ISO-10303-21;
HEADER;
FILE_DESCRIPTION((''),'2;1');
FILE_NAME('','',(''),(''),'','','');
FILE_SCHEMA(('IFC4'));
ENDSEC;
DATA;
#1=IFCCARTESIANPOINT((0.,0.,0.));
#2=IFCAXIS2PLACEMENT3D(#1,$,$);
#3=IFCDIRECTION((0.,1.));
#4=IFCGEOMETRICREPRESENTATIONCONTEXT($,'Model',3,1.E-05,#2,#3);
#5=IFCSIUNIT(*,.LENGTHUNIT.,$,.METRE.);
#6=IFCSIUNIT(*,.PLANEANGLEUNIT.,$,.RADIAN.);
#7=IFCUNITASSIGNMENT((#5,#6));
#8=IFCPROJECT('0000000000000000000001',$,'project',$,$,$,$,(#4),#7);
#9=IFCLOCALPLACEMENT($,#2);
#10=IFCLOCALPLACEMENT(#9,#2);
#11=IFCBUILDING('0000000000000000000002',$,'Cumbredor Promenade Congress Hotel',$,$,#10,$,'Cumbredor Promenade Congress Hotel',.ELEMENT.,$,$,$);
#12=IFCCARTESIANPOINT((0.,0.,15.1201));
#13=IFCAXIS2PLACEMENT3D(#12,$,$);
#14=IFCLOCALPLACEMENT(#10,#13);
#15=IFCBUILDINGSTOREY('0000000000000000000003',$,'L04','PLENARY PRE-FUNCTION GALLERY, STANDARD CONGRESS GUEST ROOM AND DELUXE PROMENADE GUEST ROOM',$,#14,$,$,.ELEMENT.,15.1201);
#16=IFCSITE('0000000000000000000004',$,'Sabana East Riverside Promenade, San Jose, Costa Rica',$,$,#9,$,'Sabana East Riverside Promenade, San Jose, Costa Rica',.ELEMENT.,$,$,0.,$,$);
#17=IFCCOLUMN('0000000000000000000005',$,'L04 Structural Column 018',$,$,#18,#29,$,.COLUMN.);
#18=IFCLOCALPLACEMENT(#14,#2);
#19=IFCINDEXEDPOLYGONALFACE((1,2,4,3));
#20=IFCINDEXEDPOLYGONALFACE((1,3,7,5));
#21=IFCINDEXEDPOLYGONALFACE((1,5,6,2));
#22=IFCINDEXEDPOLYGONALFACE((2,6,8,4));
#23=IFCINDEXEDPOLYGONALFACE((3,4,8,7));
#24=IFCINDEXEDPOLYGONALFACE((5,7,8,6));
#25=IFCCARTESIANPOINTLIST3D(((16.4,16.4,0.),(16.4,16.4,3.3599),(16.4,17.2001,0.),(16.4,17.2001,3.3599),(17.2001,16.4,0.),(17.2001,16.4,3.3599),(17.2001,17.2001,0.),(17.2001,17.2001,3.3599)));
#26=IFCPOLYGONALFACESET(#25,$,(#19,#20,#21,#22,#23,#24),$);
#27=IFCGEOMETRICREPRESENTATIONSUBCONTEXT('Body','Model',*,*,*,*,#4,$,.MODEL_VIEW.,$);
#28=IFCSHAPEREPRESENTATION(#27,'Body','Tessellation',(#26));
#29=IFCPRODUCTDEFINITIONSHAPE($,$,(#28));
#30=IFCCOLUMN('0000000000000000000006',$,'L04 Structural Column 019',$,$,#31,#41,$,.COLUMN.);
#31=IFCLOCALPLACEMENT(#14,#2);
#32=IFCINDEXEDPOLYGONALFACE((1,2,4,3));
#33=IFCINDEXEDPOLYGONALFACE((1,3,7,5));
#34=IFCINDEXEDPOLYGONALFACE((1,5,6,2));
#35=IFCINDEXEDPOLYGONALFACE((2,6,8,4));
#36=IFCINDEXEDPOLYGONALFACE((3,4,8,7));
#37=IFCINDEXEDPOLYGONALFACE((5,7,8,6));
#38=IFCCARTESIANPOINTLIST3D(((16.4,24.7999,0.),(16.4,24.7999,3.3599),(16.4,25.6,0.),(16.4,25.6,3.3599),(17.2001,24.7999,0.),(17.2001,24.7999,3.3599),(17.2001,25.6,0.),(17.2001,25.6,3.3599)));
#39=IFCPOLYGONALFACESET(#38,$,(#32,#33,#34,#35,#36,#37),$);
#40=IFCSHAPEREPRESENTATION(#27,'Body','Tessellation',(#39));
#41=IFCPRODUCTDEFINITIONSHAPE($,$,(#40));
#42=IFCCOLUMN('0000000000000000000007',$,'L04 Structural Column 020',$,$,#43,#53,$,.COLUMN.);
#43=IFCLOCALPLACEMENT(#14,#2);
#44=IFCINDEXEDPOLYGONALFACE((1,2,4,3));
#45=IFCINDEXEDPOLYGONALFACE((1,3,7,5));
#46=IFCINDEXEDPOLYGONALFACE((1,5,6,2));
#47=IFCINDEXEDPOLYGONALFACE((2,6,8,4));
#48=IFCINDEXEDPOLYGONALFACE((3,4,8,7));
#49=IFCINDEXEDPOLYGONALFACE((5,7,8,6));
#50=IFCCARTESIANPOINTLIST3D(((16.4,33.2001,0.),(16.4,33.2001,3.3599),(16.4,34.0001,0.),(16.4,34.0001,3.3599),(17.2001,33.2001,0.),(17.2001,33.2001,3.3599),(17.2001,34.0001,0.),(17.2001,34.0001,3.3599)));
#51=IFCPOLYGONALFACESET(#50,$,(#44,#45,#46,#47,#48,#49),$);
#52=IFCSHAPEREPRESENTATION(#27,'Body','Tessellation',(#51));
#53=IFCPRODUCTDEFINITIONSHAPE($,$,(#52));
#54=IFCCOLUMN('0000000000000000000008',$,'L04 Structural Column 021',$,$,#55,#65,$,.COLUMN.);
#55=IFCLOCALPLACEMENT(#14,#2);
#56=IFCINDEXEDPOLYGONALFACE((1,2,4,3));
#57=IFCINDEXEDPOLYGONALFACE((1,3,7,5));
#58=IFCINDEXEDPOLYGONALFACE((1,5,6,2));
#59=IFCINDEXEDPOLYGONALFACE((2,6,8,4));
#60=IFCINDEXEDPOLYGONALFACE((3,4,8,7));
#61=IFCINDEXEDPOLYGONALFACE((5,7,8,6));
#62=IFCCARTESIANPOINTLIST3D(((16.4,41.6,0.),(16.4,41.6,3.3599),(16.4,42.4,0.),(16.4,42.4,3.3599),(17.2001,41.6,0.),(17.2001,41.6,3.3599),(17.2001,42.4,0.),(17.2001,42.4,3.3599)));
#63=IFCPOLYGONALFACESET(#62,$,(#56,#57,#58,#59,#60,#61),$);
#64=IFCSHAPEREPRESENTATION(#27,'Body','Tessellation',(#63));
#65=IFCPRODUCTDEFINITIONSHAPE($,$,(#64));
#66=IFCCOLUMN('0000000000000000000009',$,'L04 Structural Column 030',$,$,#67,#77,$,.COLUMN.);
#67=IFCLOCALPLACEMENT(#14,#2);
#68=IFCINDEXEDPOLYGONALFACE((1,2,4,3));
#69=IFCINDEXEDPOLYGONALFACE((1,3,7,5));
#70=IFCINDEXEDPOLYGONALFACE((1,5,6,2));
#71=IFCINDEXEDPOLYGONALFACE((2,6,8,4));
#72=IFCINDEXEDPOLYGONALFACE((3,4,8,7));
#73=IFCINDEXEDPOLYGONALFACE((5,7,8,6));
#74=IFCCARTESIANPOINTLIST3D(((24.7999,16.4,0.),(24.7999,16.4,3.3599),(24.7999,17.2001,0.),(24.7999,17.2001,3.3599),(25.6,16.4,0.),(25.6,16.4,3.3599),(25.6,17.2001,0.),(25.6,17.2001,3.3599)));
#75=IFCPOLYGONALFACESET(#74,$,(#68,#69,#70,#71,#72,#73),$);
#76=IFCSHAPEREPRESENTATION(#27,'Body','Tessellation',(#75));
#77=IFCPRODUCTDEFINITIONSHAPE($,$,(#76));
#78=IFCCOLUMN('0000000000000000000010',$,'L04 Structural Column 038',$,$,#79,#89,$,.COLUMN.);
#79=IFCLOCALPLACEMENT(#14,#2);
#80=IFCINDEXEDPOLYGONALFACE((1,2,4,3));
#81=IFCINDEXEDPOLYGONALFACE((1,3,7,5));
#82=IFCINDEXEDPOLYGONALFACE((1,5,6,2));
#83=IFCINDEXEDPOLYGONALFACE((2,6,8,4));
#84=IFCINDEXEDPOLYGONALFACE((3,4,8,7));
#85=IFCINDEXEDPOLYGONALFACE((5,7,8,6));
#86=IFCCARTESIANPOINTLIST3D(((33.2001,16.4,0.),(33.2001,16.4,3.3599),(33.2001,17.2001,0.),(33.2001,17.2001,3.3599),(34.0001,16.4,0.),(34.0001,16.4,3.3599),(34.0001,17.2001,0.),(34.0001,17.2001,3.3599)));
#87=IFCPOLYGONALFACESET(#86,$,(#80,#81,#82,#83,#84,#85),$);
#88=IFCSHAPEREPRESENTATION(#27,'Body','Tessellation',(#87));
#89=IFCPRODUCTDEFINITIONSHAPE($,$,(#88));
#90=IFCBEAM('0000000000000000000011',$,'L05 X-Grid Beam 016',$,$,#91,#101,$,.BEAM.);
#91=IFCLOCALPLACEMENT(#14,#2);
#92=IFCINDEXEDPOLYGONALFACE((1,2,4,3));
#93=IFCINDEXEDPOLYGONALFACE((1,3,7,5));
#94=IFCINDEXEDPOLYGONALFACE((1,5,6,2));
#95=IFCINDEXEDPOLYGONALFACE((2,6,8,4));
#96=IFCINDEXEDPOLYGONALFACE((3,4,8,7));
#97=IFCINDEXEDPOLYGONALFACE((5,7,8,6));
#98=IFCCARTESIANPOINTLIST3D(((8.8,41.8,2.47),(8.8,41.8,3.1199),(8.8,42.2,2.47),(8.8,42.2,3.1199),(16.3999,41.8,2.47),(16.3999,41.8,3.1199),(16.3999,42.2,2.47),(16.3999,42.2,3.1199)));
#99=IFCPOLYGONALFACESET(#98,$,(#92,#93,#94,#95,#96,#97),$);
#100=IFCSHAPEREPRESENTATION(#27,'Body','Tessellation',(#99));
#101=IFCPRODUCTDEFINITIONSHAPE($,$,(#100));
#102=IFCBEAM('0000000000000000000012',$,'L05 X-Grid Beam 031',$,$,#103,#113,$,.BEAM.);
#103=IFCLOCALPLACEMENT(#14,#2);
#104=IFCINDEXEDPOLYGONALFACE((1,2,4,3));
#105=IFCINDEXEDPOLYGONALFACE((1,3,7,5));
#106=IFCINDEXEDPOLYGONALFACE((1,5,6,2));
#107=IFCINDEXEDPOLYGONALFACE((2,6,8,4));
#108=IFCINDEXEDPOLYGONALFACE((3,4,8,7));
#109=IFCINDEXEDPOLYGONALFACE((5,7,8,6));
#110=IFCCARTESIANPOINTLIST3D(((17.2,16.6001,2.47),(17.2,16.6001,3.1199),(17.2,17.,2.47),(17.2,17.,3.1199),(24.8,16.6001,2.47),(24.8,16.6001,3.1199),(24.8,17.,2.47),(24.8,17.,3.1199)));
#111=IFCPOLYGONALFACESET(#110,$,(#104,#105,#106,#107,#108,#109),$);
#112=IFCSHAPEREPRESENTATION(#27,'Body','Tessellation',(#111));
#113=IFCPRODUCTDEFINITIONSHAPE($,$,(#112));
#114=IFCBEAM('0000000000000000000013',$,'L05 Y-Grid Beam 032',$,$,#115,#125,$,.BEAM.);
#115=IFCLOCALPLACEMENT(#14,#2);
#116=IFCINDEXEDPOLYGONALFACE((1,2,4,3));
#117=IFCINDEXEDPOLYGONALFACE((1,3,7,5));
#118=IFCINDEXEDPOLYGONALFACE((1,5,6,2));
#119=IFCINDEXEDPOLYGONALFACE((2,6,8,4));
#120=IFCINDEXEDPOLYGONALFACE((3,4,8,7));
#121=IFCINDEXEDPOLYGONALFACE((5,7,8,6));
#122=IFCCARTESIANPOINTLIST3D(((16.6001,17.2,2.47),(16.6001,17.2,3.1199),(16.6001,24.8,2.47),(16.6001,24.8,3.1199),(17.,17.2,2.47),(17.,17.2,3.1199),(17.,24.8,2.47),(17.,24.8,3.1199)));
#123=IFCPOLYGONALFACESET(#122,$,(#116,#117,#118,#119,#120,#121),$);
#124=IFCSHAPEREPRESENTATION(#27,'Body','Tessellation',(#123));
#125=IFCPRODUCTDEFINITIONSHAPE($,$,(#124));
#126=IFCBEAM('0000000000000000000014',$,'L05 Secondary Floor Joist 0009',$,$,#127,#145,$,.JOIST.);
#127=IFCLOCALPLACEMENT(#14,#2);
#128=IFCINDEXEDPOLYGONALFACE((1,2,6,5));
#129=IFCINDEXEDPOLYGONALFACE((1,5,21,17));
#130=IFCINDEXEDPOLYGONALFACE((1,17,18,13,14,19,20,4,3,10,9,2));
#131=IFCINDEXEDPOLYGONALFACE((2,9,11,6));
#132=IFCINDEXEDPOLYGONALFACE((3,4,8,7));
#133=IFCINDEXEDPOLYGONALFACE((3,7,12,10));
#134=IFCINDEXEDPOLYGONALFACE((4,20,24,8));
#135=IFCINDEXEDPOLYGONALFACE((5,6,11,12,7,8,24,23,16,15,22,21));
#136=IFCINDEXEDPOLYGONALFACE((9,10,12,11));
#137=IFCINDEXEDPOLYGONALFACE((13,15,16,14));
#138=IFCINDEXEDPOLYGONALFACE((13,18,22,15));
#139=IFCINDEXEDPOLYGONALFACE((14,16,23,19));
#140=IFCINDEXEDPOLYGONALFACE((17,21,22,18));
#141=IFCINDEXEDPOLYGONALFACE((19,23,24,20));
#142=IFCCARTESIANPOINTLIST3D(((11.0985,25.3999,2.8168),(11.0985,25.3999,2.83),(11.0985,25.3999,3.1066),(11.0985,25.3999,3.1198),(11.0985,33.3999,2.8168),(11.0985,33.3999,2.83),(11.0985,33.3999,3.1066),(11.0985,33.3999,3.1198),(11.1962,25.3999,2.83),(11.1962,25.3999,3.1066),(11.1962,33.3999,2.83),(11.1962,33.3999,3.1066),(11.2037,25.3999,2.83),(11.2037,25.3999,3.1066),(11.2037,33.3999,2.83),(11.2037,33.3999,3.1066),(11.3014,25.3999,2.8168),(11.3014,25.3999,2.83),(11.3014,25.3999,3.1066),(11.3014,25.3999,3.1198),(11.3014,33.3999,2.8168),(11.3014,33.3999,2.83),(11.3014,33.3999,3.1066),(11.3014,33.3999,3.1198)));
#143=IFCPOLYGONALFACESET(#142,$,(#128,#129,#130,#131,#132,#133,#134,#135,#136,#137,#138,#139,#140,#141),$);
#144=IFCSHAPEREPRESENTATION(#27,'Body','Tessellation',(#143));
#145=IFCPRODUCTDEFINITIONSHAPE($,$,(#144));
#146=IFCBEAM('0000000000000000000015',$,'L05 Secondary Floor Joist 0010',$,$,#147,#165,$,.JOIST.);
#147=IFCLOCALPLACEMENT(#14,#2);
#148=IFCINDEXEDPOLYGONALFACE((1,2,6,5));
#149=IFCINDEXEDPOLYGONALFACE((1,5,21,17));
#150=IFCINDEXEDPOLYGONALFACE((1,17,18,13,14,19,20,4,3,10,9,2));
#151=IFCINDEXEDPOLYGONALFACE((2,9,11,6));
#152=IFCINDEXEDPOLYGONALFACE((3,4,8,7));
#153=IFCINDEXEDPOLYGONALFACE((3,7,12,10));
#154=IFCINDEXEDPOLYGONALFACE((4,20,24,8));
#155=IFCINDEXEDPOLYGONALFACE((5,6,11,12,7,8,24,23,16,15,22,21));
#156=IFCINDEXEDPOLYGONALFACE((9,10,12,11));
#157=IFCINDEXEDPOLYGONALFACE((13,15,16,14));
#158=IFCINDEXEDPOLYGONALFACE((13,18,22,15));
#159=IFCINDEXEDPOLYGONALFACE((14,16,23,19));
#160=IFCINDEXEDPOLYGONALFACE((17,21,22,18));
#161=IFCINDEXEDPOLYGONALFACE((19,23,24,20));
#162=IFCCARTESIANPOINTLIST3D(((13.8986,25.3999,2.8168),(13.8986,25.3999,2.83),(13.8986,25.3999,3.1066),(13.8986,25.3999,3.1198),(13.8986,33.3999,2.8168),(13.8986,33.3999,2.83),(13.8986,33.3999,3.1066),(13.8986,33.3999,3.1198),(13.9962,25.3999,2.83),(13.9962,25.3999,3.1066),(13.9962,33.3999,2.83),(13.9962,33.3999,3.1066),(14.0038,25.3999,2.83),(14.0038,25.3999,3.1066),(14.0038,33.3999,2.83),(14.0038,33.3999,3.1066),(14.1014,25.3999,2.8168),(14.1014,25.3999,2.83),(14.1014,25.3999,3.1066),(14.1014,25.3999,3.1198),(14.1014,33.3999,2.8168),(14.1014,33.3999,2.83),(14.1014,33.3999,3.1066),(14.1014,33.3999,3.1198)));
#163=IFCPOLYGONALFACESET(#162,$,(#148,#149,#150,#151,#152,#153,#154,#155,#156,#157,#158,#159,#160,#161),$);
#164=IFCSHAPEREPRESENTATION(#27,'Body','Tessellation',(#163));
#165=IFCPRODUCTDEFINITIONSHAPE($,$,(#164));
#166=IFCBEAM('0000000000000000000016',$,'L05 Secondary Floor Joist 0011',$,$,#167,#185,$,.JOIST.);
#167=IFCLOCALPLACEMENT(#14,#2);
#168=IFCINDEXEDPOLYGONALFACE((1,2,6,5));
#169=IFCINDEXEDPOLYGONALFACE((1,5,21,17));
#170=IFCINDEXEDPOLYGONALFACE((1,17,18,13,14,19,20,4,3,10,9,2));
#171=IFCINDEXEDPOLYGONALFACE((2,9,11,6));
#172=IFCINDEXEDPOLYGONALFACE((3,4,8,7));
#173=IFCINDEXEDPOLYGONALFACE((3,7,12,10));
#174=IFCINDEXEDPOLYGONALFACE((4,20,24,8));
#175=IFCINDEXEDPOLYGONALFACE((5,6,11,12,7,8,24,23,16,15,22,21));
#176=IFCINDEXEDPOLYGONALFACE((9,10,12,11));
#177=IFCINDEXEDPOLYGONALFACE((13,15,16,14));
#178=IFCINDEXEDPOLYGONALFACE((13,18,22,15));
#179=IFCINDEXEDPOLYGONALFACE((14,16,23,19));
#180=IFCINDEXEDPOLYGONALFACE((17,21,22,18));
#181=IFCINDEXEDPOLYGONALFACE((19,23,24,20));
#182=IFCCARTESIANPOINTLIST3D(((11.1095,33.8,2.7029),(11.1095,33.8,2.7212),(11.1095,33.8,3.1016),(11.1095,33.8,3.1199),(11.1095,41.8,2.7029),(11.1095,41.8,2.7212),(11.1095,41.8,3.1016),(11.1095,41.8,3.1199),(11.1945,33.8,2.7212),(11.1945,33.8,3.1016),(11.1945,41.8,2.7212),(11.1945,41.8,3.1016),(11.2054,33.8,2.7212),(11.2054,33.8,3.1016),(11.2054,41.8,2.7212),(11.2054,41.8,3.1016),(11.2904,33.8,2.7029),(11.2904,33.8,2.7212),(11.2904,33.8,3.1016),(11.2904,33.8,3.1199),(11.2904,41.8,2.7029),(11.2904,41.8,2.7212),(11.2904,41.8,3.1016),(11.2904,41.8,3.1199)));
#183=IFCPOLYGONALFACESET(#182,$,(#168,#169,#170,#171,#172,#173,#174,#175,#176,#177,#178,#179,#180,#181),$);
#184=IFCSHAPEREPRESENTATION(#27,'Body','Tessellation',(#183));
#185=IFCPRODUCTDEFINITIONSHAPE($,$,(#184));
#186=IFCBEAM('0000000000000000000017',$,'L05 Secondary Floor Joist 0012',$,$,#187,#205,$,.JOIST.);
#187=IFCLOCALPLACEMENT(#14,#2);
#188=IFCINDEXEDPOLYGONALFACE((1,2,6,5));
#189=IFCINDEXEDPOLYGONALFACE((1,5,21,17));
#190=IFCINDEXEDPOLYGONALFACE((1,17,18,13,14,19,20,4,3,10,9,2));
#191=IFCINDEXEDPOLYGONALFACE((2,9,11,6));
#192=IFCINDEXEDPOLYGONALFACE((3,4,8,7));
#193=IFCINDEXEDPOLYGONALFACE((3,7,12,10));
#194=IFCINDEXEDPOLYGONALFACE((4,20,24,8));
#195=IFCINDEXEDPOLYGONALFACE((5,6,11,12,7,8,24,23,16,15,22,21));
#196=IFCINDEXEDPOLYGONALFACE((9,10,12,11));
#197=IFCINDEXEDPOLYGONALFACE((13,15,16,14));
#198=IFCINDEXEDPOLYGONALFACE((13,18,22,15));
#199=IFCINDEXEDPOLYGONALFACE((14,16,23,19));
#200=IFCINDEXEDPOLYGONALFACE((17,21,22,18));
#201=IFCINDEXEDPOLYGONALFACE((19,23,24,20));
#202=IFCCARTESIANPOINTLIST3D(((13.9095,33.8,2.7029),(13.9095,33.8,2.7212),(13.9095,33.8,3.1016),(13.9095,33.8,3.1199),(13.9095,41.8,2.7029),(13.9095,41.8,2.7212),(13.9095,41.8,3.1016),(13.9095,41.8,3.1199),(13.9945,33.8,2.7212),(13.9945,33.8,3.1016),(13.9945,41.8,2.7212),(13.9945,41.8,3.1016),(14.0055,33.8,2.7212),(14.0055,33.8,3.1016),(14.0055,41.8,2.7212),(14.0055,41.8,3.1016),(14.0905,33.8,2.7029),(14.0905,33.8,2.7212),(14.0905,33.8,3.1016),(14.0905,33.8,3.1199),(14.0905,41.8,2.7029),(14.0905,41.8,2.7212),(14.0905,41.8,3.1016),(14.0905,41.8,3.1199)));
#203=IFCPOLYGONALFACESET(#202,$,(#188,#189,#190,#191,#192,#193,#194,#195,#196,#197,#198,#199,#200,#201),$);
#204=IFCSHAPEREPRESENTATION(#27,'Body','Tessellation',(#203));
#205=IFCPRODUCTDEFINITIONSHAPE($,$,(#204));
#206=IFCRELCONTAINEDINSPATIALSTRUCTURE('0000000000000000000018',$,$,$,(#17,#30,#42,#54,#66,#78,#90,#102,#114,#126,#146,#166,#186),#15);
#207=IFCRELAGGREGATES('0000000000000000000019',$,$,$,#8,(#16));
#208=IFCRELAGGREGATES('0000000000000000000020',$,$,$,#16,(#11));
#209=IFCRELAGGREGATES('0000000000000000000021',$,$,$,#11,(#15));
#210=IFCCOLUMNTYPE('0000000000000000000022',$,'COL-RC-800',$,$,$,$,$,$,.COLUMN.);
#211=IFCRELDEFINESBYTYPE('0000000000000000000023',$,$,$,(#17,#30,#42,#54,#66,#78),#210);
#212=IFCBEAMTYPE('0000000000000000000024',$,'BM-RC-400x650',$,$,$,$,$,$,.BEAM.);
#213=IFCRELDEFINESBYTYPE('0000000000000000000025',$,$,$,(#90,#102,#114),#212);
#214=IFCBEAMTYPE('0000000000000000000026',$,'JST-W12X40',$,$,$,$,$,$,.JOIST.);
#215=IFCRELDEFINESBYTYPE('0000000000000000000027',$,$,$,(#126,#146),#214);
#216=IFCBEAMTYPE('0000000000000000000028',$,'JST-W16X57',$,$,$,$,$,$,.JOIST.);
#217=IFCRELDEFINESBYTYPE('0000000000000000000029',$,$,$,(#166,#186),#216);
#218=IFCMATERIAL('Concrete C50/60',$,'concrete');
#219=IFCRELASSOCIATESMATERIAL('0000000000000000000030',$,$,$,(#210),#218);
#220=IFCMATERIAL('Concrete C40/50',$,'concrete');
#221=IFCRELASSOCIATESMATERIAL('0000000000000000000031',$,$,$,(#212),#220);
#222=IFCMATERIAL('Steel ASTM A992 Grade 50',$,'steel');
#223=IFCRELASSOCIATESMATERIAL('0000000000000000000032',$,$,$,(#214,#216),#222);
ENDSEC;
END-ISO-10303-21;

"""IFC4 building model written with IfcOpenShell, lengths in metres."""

from ifc_helpers import new_model, si_unit, direction, frame, origin, origin_2d, place, context, subcontext, project, spatial, rectangle, i_section, extrude, material, material_profile, profile_set, type_object, element, save


model = new_model("IFC4")

# Units and contexts
model_context = context("Model", 3, precision=1e-05, world=origin(), true_north=direction((0.0, 1.0)))
body_context = subcontext(model_context, "Body", "Model", "MODEL_VIEW")
ifc_project = project(units=[si_unit("LENGTHUNIT", "METRE"), si_unit("PLANEANGLEUNIT", "RADIAN")], contexts=[model_context])

# Site, building, storey
site_placement = place(None, origin())
site = spatial("IfcSite", under=ifc_project, at=site_placement, Name="Sabana East Riverside Promenade, San Jose, Costa Rica", LongName="Sabana East Riverside Promenade, San Jose, Costa Rica", CompositionType="ELEMENT", RefElevation=0.0)
building_placement = place(site_placement, origin())
building = spatial("IfcBuilding", under=site, at=building_placement, Name="Cumbredor Promenade Congress Hotel", LongName="Cumbredor Promenade Congress Hotel", CompositionType="ELEMENT")
storey_placement = place(building_placement, frame((0.0, 0.0, 15.1201)))
storey = spatial("IfcBuildingStorey", under=building, at=storey_placement, Name="L04", Description="PLENARY PRE-FUNCTION GALLERY, STANDARD CONGRESS GUEST ROOM AND DELUXE PROMENADE GUEST ROOM", CompositionType="ELEMENT", Elevation=15.1201)

# Columns
ifc_material_1 = material(Name="Concrete C50/60", Category="concrete")
ifc_material_profile_1 = material_profile(ifc_material_1, rectangle(XDim=0.8, YDim=0.8, at=origin_2d()), Name="RC 800x800")
ifc_profile_set_1 = profile_set([ifc_material_profile_1], Name="Concrete C50/60")
column_type = type_object("IfcColumnType", Name="COL-RC-800", PredefinedType="COLUMN", material=ifc_profile_set_1)
for number, where, z_axis, x_axis, name in (
    (1, (16.8, 16.8, 0.0), (0.0, 0.0, 1.0), (1.0, 0.0, 0.0), "L04 Structural Column 018"),
    (2, (16.8, 25.2, 0.0), (0.0, 0.0, 1.0), (1.0, 0.0, 0.0), "L04 Structural Column 019"),
    (3, (16.8, 33.6001, 0.0), (0.0, 0.0, 1.0), (1.0, 0.0, 0.0), "L04 Structural Column 020"),
    (4, (16.8, 42.0, 0.0), (0.0, 0.0, 1.0), (1.0, 0.0, 0.0), "L04 Structural Column 021"),
    (5, (25.2, 16.8, 0.0), (0.0, 0.0, 1.0), (1.0, 0.0, 0.0), "L04 Structural Column 030"),
    (6, (33.6001, 16.8, 0.0), (0.0, 0.0, 1.0), (1.0, 0.0, 0.0), "L04 Structural Column 038"),
):
    element("IfcColumn", number, at=place(storey_placement, frame(where, z_axis=z_axis, x_axis=x_axis)), inside=storey, type_object=column_type, Name=name, PredefinedType="COLUMN", context=body_context, shape_type="SweptSolid", body=[
        extrude(rectangle(XDim=0.8, YDim=0.8, at=origin_2d()), origin(), (0.0, 0.0, 1.0), 3.3599),
    ])

# Beams
ifc_material_2 = material(Name="Concrete C40/50", Category="concrete")
ifc_material_profile_2 = material_profile(ifc_material_2, rectangle(XDim=0.3999, YDim=0.6499, at=origin_2d()), Name="RC BEAM 400x650")
ifc_profile_set_2 = profile_set([ifc_material_profile_2], Name="Concrete C40/50")
beam_type_1 = type_object("IfcBeamType", Name="BM-RC-400x650", PredefinedType="BEAM", material=ifc_profile_set_2)
beam_1_placement = place(storey_placement, frame((8.8, 42.0, 2.7949), z_axis=(1.0, 0.0, 0.0), x_axis=(0.0, 1.0, 0.0)))
element("IfcBeam", 7, at=beam_1_placement, inside=storey, type_object=beam_type_1, Name="L05 X-Grid Beam 016", PredefinedType="BEAM", context=body_context, shape_type="SweptSolid", body=[
    extrude(rectangle(XDim=0.3999, YDim=0.6499, at=origin_2d()), origin(), (0.0, 0.0, 1.0), 7.5999),
])
for number, where, z_axis, x_axis, name in (
    (8, (17.2, 16.8, 2.7949), (1.0, 0.0, 0.0), (0.0, 1.0, 0.0), "L05 X-Grid Beam 031"),
    (9, (16.8, 17.2, 2.7949), (0.0, 1.0, 0.0), (-1.0, 0.0, 0.0), "L05 Y-Grid Beam 032"),
):
    element("IfcBeam", number, at=place(storey_placement, frame(where, z_axis=z_axis, x_axis=x_axis)), inside=storey, type_object=beam_type_1, Name=name, PredefinedType="BEAM", context=body_context, shape_type="SweptSolid", body=[
        extrude(rectangle(XDim=0.3999, YDim=0.6499, at=origin_2d()), origin(), (0.0, 0.0, 1.0), 7.6001),
    ])
ifc_material_3 = material(Name="Steel ASTM A992 Grade 50", Category="steel")
ifc_material_profile_3 = material_profile(ifc_material_3, i_section(OverallWidth=0.2029, OverallDepth=0.303, WebThickness=0.0076, FlangeThickness=0.0132, at=origin_2d()), Name="W12X40")
ifc_profile_set_3 = profile_set([ifc_material_profile_3], Name="Steel ASTM A992 Grade 50")
beam_type_2 = type_object("IfcBeamType", Name="JST-W12X40", PredefinedType="JOIST", material=ifc_profile_set_3)
for number, where, z_axis, x_axis, name in (
    (10, (11.2, 25.3999, 2.9683), (0.0, 1.0, 0.0), (-1.0, 0.0, 0.0), "L05 Secondary Floor Joist 0009"),
    (11, (14.0, 25.3999, 2.9683), (0.0, 1.0, 0.0), (-1.0, 0.0, 0.0), "L05 Secondary Floor Joist 0010"),
):
    element("IfcBeam", number, at=place(storey_placement, frame(where, z_axis=z_axis, x_axis=x_axis)), inside=storey, type_object=beam_type_2, Name=name, PredefinedType="JOIST", context=body_context, shape_type="SweptSolid", body=[
        extrude(i_section(OverallWidth=0.2029, OverallDepth=0.303, WebThickness=0.0076, FlangeThickness=0.0132, at=origin_2d()), origin(), (0.0, 0.0, 1.0), 8.0),
    ])
ifc_material_profile_4 = material_profile(ifc_material_3, i_section(OverallWidth=0.1809, OverallDepth=0.417, WebThickness=0.011, FlangeThickness=0.0183, at=origin_2d()), Name="W16X57")
ifc_profile_set_4 = profile_set([ifc_material_profile_4], Name="Steel ASTM A992 Grade 50")
beam_type_3 = type_object("IfcBeamType", Name="JST-W16X57", PredefinedType="JOIST", material=ifc_profile_set_4)
for number, where, z_axis, x_axis, name in (
    (12, (11.2, 33.8, 2.9114), (0.0, 1.0, 0.0), (-1.0, 0.0, 0.0), "L05 Secondary Floor Joist 0011"),
    (13, (14.0, 33.8, 2.9114), (0.0, 1.0, 0.0), (-1.0, 0.0, 0.0), "L05 Secondary Floor Joist 0012"),
):
    element("IfcBeam", number, at=place(storey_placement, frame(where, z_axis=z_axis, x_axis=x_axis)), inside=storey, type_object=beam_type_3, Name=name, PredefinedType="JOIST", context=body_context, shape_type="SweptSolid", body=[
        extrude(i_section(OverallWidth=0.1809, OverallDepth=0.417, WebThickness=0.011, FlangeThickness=0.0183, at=origin_2d()), origin(), (0.0, 0.0, 1.0), 8.0),
    ])

save(model, "model.ifc")
